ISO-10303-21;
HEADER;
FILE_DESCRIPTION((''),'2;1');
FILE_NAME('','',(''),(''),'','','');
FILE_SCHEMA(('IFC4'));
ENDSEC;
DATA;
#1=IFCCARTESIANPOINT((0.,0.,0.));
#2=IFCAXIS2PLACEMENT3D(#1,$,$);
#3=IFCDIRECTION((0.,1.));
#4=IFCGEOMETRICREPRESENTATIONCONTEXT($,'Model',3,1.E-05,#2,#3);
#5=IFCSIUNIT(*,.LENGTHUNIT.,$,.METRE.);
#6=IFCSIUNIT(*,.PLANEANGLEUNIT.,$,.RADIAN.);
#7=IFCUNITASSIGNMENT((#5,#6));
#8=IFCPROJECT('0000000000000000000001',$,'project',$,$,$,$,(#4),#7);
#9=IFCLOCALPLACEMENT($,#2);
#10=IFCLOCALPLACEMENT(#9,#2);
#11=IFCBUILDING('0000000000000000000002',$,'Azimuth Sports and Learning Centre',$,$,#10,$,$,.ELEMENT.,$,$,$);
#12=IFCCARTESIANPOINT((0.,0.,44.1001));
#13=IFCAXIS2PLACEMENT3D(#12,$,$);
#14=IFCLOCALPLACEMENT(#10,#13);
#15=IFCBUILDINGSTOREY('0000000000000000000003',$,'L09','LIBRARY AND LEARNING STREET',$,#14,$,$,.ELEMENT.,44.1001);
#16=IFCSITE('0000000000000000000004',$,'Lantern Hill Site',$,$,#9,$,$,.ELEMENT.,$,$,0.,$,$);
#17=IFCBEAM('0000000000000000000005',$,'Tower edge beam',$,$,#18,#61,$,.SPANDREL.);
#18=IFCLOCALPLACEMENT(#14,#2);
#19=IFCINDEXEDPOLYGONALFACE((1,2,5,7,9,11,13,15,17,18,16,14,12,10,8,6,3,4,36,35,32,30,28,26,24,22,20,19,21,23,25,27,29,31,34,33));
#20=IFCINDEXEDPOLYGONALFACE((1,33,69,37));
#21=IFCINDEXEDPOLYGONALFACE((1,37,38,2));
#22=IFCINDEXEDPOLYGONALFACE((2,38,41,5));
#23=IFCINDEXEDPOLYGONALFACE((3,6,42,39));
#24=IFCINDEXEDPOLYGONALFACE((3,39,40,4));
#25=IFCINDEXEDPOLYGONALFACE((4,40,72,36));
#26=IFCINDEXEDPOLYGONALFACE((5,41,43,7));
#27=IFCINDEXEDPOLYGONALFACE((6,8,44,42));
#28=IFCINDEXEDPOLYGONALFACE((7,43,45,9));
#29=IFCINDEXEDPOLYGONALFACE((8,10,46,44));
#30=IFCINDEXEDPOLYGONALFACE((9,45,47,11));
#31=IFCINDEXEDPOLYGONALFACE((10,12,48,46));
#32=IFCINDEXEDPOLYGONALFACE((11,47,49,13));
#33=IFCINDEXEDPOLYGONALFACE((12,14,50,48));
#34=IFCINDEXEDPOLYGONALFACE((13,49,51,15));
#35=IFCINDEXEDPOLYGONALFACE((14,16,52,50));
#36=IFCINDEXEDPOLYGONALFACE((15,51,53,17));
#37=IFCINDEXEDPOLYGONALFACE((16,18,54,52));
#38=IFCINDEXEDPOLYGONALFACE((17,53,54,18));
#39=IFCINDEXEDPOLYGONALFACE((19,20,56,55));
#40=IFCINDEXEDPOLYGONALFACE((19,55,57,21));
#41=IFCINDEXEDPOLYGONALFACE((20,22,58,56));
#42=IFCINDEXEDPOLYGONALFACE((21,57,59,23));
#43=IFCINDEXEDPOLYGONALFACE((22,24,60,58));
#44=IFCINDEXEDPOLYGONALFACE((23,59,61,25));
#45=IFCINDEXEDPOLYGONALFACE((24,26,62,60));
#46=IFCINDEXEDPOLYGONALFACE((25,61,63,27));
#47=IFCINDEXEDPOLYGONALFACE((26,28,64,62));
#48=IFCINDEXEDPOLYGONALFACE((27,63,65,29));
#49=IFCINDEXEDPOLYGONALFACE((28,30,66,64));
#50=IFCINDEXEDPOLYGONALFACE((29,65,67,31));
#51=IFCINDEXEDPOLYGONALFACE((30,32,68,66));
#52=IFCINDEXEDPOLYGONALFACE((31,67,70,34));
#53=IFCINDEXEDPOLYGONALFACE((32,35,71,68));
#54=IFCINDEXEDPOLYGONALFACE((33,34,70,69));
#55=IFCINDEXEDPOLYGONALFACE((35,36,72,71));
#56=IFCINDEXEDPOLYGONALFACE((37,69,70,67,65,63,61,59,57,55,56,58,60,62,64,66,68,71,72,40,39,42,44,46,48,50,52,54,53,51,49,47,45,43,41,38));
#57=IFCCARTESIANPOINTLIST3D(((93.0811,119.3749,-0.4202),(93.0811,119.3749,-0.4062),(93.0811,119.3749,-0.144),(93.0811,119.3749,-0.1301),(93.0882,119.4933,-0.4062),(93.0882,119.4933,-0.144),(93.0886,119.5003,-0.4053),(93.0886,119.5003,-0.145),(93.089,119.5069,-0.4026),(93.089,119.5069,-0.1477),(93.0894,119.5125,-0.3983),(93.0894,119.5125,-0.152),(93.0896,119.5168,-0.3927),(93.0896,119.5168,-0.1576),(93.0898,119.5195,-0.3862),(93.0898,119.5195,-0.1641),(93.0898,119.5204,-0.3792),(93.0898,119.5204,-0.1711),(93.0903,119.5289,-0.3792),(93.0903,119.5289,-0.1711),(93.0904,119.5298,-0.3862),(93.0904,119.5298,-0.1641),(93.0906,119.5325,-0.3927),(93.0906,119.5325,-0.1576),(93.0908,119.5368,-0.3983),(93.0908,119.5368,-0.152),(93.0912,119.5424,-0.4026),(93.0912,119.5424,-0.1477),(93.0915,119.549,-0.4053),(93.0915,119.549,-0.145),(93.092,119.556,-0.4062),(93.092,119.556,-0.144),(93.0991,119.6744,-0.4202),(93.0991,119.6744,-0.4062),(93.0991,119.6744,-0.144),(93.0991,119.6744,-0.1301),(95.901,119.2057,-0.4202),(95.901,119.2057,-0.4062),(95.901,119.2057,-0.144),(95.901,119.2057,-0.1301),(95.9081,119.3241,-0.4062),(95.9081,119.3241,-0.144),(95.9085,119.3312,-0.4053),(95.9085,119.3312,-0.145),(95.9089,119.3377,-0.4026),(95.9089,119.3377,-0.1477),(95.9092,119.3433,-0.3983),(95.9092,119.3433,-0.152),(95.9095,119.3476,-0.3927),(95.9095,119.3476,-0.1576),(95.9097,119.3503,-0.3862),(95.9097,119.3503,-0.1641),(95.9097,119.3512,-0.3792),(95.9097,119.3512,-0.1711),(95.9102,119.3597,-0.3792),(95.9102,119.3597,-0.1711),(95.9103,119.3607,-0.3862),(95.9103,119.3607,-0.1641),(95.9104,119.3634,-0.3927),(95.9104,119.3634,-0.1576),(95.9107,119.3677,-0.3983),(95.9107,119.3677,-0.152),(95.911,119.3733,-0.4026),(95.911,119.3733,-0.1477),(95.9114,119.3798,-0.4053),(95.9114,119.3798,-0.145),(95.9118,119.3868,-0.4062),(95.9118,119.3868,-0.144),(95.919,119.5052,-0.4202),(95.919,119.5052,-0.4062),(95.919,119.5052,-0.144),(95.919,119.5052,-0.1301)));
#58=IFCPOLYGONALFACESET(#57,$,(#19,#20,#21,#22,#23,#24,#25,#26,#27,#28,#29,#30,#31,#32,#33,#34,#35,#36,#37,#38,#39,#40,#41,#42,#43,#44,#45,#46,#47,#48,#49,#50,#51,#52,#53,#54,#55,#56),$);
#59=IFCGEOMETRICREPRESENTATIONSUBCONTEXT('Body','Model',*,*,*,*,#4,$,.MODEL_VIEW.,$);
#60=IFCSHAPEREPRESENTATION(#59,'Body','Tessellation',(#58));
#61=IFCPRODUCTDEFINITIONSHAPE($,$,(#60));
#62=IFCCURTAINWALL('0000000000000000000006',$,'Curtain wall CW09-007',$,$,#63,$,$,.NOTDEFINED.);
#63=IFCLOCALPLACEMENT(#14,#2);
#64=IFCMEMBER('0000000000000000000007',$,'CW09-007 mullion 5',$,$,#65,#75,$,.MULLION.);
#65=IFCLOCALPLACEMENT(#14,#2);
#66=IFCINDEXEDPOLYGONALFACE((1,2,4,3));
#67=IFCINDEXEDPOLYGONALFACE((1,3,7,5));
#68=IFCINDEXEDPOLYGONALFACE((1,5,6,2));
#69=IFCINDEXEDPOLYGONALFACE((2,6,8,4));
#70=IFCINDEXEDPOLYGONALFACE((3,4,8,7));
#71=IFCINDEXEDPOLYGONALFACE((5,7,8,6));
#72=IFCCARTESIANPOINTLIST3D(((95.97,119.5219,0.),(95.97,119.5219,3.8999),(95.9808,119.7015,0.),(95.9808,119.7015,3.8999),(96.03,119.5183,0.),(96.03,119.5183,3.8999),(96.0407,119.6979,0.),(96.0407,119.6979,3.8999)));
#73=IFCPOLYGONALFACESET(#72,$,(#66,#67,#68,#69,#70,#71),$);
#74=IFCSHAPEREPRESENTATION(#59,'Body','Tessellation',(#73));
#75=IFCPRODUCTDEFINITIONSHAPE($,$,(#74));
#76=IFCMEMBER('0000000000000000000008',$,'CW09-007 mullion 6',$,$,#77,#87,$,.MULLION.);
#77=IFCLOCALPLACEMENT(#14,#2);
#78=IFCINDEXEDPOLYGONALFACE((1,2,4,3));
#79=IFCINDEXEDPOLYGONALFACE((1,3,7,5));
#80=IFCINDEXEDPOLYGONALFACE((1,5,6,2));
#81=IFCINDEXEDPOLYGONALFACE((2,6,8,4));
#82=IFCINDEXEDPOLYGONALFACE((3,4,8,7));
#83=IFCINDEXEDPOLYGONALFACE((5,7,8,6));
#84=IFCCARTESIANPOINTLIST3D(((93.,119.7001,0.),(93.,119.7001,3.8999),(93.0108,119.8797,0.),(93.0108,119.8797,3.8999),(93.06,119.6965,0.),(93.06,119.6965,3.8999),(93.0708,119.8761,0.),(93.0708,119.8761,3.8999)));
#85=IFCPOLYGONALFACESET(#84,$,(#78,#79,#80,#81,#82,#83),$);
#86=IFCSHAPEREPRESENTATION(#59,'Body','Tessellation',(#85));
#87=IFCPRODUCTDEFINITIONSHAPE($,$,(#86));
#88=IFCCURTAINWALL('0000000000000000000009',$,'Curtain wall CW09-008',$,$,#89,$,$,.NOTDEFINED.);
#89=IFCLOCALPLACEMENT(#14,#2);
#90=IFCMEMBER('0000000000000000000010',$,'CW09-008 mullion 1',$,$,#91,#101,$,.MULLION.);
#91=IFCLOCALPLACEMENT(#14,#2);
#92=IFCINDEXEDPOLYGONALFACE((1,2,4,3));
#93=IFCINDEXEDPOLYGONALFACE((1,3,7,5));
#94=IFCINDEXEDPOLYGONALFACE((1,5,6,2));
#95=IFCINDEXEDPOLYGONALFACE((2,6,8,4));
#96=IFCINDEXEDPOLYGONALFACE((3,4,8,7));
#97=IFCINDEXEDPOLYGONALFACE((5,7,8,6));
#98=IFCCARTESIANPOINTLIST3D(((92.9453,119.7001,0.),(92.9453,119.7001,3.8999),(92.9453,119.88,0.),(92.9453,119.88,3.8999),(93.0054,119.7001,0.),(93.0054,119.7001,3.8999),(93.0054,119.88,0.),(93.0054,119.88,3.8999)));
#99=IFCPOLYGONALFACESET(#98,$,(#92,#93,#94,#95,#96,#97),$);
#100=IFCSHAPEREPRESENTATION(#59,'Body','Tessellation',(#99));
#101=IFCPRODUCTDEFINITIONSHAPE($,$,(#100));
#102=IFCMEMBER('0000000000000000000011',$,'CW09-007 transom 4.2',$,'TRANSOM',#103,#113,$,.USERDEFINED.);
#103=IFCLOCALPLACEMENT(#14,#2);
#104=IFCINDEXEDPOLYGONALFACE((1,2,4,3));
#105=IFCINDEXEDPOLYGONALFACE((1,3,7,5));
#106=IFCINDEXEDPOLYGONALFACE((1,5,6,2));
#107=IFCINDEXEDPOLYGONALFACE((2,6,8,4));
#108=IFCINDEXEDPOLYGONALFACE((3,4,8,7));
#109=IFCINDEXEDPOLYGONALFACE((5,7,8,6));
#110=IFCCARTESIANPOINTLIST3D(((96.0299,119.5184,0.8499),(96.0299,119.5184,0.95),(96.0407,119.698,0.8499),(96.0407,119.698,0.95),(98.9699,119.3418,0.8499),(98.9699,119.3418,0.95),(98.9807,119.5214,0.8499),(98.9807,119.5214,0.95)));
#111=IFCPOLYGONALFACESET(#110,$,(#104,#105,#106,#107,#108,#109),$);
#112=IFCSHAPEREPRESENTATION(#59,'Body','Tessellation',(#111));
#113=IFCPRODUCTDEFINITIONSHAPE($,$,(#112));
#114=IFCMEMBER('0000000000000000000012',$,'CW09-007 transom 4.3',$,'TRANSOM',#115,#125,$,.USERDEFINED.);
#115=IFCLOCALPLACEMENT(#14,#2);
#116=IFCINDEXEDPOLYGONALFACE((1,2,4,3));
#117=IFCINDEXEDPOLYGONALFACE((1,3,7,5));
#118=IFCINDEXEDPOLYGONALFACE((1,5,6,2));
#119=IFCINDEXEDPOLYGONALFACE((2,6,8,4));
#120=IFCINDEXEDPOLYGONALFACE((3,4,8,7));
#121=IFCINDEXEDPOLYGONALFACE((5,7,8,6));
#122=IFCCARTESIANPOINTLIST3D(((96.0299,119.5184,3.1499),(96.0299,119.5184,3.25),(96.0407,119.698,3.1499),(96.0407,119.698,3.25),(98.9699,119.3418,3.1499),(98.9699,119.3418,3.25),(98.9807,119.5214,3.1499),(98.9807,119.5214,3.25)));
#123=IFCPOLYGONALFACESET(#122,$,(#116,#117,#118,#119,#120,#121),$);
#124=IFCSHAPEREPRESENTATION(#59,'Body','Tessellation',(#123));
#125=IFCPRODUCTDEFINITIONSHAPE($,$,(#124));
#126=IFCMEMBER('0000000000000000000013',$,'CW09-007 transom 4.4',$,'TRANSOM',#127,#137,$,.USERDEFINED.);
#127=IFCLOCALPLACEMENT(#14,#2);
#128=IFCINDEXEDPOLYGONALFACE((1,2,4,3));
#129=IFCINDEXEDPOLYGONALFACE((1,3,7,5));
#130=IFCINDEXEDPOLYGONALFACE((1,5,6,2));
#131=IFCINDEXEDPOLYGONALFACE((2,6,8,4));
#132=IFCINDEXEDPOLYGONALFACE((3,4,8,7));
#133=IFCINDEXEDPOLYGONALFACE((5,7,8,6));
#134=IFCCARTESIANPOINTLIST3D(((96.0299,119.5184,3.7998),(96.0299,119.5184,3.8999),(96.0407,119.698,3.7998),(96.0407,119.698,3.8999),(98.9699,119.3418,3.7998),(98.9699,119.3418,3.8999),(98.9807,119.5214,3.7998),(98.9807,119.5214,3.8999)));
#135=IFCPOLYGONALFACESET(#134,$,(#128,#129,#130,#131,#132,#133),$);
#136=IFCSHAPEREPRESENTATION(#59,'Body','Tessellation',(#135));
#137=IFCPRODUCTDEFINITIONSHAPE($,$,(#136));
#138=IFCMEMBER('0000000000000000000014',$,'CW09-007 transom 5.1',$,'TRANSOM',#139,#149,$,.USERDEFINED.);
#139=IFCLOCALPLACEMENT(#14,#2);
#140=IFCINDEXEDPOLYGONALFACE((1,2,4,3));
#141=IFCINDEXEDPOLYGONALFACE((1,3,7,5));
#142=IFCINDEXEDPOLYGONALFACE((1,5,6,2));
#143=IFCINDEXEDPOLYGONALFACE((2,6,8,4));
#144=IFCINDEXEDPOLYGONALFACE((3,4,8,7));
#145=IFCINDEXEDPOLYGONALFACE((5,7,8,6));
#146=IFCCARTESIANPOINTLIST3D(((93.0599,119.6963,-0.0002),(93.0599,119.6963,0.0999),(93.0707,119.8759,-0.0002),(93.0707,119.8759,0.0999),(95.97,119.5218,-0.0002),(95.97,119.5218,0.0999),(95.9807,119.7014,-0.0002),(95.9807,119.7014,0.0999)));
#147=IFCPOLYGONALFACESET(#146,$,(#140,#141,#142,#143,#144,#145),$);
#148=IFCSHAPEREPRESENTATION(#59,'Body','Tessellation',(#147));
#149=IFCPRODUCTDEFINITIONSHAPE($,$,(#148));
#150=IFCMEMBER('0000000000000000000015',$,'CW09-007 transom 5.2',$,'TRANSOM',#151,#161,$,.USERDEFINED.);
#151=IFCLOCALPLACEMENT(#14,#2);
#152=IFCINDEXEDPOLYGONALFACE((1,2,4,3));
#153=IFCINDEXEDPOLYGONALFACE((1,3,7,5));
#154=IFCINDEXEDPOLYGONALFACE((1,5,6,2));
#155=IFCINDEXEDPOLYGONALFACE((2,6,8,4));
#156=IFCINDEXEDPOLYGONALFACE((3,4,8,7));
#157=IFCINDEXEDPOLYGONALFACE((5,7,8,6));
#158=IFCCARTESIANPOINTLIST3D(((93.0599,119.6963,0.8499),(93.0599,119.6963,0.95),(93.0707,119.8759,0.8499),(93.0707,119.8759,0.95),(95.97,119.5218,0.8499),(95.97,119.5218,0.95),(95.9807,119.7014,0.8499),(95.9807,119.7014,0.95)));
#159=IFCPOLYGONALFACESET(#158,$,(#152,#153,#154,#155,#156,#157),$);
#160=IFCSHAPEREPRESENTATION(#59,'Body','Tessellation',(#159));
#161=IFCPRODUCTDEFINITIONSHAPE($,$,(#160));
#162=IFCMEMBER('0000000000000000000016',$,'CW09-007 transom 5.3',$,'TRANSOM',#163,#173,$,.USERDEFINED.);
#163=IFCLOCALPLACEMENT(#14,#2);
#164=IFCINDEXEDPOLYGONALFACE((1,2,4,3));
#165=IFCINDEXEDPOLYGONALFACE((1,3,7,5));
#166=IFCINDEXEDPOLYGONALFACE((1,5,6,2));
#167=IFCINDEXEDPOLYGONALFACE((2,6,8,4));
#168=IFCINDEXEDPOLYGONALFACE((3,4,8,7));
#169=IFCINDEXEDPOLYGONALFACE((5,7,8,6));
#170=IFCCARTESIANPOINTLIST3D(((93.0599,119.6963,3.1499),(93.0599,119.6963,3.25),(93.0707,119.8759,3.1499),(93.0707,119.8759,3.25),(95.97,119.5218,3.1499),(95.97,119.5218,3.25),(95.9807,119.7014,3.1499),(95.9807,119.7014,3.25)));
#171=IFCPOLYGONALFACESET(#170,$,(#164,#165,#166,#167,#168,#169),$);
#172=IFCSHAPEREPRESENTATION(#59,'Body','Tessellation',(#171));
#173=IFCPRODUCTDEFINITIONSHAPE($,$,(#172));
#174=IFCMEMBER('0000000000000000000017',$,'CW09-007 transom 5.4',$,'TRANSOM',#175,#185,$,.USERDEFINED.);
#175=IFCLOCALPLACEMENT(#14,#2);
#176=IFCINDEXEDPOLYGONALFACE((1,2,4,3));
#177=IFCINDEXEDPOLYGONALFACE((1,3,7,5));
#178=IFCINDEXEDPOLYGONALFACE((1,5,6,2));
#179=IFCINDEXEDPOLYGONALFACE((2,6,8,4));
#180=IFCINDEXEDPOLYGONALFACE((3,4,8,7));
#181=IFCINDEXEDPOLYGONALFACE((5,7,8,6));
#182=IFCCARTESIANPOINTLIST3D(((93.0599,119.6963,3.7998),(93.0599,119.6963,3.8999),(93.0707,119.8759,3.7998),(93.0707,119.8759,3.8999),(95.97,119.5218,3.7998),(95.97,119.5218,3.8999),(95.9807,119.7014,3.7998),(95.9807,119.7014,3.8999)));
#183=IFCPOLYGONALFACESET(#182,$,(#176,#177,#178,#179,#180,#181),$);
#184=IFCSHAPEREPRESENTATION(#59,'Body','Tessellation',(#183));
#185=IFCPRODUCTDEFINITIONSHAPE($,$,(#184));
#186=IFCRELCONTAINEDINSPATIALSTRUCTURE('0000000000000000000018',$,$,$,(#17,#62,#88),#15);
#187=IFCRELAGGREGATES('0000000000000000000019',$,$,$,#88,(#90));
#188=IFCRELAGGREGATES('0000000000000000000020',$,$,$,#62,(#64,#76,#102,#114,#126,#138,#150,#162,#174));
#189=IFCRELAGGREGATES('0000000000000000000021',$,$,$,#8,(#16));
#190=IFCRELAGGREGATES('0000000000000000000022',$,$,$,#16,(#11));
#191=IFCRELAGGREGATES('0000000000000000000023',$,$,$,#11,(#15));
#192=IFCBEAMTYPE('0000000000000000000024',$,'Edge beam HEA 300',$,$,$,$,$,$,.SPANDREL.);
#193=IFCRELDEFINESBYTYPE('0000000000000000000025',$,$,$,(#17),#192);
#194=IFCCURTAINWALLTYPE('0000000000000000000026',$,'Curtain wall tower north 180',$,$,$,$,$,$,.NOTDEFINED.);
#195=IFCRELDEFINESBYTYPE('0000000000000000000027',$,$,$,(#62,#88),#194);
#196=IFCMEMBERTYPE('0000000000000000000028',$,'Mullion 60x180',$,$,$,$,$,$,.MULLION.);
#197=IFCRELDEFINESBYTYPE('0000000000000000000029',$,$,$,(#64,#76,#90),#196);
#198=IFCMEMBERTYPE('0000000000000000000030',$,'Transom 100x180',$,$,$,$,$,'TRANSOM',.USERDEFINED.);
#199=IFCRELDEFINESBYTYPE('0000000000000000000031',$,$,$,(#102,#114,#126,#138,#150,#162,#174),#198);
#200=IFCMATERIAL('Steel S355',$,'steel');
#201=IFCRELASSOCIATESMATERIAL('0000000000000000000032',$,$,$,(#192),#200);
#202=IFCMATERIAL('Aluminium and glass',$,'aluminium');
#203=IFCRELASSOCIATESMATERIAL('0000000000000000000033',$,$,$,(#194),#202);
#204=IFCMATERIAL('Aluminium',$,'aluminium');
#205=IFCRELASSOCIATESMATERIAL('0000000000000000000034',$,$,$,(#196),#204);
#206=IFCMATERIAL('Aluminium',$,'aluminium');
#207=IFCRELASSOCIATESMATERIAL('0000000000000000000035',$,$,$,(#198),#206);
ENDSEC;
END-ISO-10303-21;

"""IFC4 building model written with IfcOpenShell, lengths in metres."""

from ifc_helpers import new_model, si_unit, direction, frame, origin, origin_2d, place, context, subcontext, project, spatial, rectangle, i_section, extrude, material, material_profile, profile_set, type_object, element, aggregate, save


model = new_model("IFC4")

# Units and contexts
model_context = context("Model", 3, precision=1e-05, world=origin(), true_north=direction((0.0, 1.0)))
body_context = subcontext(model_context, "Body", "Model", "MODEL_VIEW")
ifc_project = project(units=[si_unit("LENGTHUNIT", "METRE"), si_unit("PLANEANGLEUNIT", "RADIAN")], contexts=[model_context])

# Site, building, storey
site_placement = place(None, origin())
site = spatial("IfcSite", under=ifc_project, at=site_placement, Name="Lantern Hill Site", CompositionType="ELEMENT", RefElevation=0.0)
building_placement = place(site_placement, origin())
building = spatial("IfcBuilding", under=site, at=building_placement, Name="Azimuth Sports and Learning Centre", CompositionType="ELEMENT")
storey_placement = place(building_placement, frame((0.0, 0.0, 44.1001)))
storey = spatial("IfcBuildingStorey", under=building, at=storey_placement, Name="L09", Description="LIBRARY AND LEARNING STREET", CompositionType="ELEMENT", Elevation=44.1001)

# Beam
ifc_material_1 = material(Name="Steel S355", Category="steel")
ifc_material_profile_1 = material_profile(ifc_material_1, i_section(OverallWidth=0.3, OverallDepth=0.29, WebThickness=0.0085, FlangeThickness=0.0139, FilletRadius=0.0271, at=origin_2d()), Name="HEA 300")
ifc_profile_set_1 = profile_set([ifc_material_profile_1], Name="Steel S355")
beam_type = type_object("IfcBeamType", Name="Edge beam HEA 300", PredefinedType="SPANDREL", material=ifc_profile_set_1)
beam_placement = place(storey_placement, frame((93.0901, 119.5247, -0.2751), z_axis=(0.998205, -0.059892, 0.0), x_axis=(0.059892, 0.998205, 0.0)))
element("IfcBeam", 1, at=beam_placement, inside=storey, type_object=beam_type, Name="Tower edge beam", PredefinedType="SPANDREL", context=body_context, shape_type="SweptSolid", body=[
    extrude(i_section(OverallWidth=0.3, OverallDepth=0.29, WebThickness=0.0085, FlangeThickness=0.0139, FilletRadius=0.0271, at=origin_2d()), origin(), (0.0, 0.0, 1.0), 2.825),
])

# Curtain wall, members
ifc_material_2 = material(Name="Aluminium and glass", Category="aluminium")
curtain_wall_type = type_object("IfcCurtainWallType", Name="Curtain wall tower north 180", PredefinedType="NOTDEFINED", material=ifc_material_2)
curtain_wall_1_placement = place(storey_placement, origin())
curtain_wall_1 = element("IfcCurtainWall", 2, at=curtain_wall_1_placement, inside=storey, type_object=curtain_wall_type, Name="Curtain wall CW09-007", PredefinedType="NOTDEFINED")
ifc_material_3 = material(Name="Aluminium", Category="aluminium")
ifc_material_profile_2 = material_profile(ifc_material_3, rectangle(XDim=0.1799, YDim=0.0601, at=origin_2d()), Name="Mullion 60x180")
ifc_profile_set_2 = profile_set([ifc_material_profile_2], Name="Aluminium")
member_type_1 = type_object("IfcMemberType", Name="Mullion 60x180", PredefinedType="MULLION", material=ifc_profile_set_2)
member_1_placement = place(storey_placement, frame((96.0054, 119.6099, 0.0), z_axis=(0.0, 0.0, 1.0), x_axis=(-0.059892, -0.998205, 0.0)))
member_1 = element("IfcMember", 3, at=member_1_placement, type_object=member_type_1, Name="CW09-007 mullion 5", PredefinedType="MULLION", context=body_context, shape_type="SweptSolid", body=[
    extrude(rectangle(XDim=0.1799, YDim=0.0601, at=origin_2d()), origin(), (0.0, 0.0, 1.0), 3.8999),
])
member_2_placement = place(storey_placement, frame((93.0354, 119.7881, 0.0), z_axis=(0.0, 0.0, 1.0), x_axis=(-0.059892, -0.998205, 0.0)))
member_2 = element("IfcMember", 4, at=member_2_placement, type_object=member_type_1, Name="CW09-007 mullion 6", PredefinedType="MULLION", context=body_context, shape_type="SweptSolid", body=[
    extrude(rectangle(XDim=0.1799, YDim=0.0601, at=origin_2d()), origin(), (0.0, 0.0, 1.0), 3.8999),
])

# Curtain wall, member
curtain_wall_2_placement = place(storey_placement, origin())
curtain_wall_2 = element("IfcCurtainWall", 5, at=curtain_wall_2_placement, inside=storey, type_object=curtain_wall_type, Name="Curtain wall CW09-008", PredefinedType="NOTDEFINED")
member_3_placement = place(storey_placement, frame((92.9753, 119.79, 0.0), z_axis=(0.0, 0.0, 1.0), x_axis=(0.0, -1.0, 0.0)))
member_3 = element("IfcMember", 6, at=member_3_placement, type_object=member_type_1, Name="CW09-008 mullion 1", PredefinedType="MULLION", context=body_context, shape_type="SweptSolid", body=[
    extrude(rectangle(XDim=0.1799, YDim=0.0601, at=origin_2d()), origin(), (0.0, 0.0, 1.0), 3.8999),
])

# Members
ifc_material_4 = material(Name="Aluminium", Category="aluminium")
ifc_material_profile_3 = material_profile(ifc_material_4, rectangle(XDim=0.1799, YDim=0.1001, at=origin_2d()), Name="Transom 100x180")
ifc_profile_set_3 = profile_set([ifc_material_profile_3], Name="Aluminium")
member_type_2 = type_object("IfcMemberType", Name="Transom 100x180", ElementType="TRANSOM", PredefinedType="USERDEFINED", material=ifc_profile_set_3)
member_4_placement = place(storey_placement, frame((98.9753, 119.4316, 0.8999), z_axis=(-0.998202, 0.059932, 0.0), x_axis=(-0.059932, -0.998202, 0.0)))
member_4 = element("IfcMember", 7, at=member_4_placement, type_object=member_type_2, Name="CW09-007 transom 4.2", ObjectType="TRANSOM", PredefinedType="USERDEFINED", context=body_context, shape_type="SweptSolid", body=[
    extrude(rectangle(XDim=0.1799, YDim=0.1001, at=origin_2d()), origin(), (0.0, 0.0, 1.0), 2.9453),
])
member_5_placement = place(storey_placement, frame((98.9753, 119.4316, 3.2), z_axis=(-0.998202, 0.059932, 0.0), x_axis=(-0.059932, -0.998202, 0.0)))
member_5 = element("IfcMember", 8, at=member_5_placement, type_object=member_type_2, Name="CW09-007 transom 4.3", ObjectType="TRANSOM", PredefinedType="USERDEFINED", context=body_context, shape_type="SweptSolid", body=[
    extrude(rectangle(XDim=0.1799, YDim=0.1001, at=origin_2d()), origin(), (0.0, 0.0, 1.0), 2.9453),
])
member_6_placement = place(storey_placement, frame((98.9753, 119.4316, 3.8499), z_axis=(-0.998202, 0.059932, 0.0), x_axis=(-0.059932, -0.998202, 0.0)))
member_6 = element("IfcMember", 9, at=member_6_placement, type_object=member_type_2, Name="CW09-007 transom 4.4", ObjectType="TRANSOM", PredefinedType="USERDEFINED", context=body_context, shape_type="SweptSolid", body=[
    extrude(rectangle(XDim=0.1799, YDim=0.1001, at=origin_2d()), origin(), (0.0, 0.0, 1.0), 2.9453),
])
member_7_placement = place(storey_placement, frame((95.9753, 119.6116, 0.0498), z_axis=(-0.998206, 0.059876, 0.0), x_axis=(-0.059876, -0.998206, 0.0)))
member_7 = element("IfcMember", 10, at=member_7_placement, type_object=member_type_2, Name="CW09-007 transom 5.1", ObjectType="TRANSOM", PredefinedType="USERDEFINED", context=body_context, shape_type="SweptSolid", body=[
    extrude(rectangle(XDim=0.1799, YDim=0.1001, at=origin_2d()), origin(), (0.0, 0.0, 1.0), 2.9153),
])
member_8_placement = place(storey_placement, frame((95.9753, 119.6116, 0.8999), z_axis=(-0.998206, 0.059876, 0.0), x_axis=(-0.059876, -0.998206, 0.0)))
member_8 = element("IfcMember", 11, at=member_8_placement, type_object=member_type_2, Name="CW09-007 transom 5.2", ObjectType="TRANSOM", PredefinedType="USERDEFINED", context=body_context, shape_type="SweptSolid", body=[
    extrude(rectangle(XDim=0.1799, YDim=0.1001, at=origin_2d()), origin(), (0.0, 0.0, 1.0), 2.9153),
])
member_9_placement = place(storey_placement, frame((95.9753, 119.6116, 3.2), z_axis=(-0.998206, 0.059876, 0.0), x_axis=(-0.059876, -0.998206, 0.0)))
member_9 = element("IfcMember", 12, at=member_9_placement, type_object=member_type_2, Name="CW09-007 transom 5.3", ObjectType="TRANSOM", PredefinedType="USERDEFINED", context=body_context, shape_type="SweptSolid", body=[
    extrude(rectangle(XDim=0.1799, YDim=0.1001, at=origin_2d()), origin(), (0.0, 0.0, 1.0), 2.9153),
])
member_10_placement = place(storey_placement, frame((95.9753, 119.6116, 3.8499), z_axis=(-0.998206, 0.059876, 0.0), x_axis=(-0.059876, -0.998206, 0.0)))
member_10 = element("IfcMember", 13, at=member_10_placement, type_object=member_type_2, Name="CW09-007 transom 5.4", ObjectType="TRANSOM", PredefinedType="USERDEFINED", context=body_context, shape_type="SweptSolid", body=[
    extrude(rectangle(XDim=0.1799, YDim=0.1001, at=origin_2d()), origin(), (0.0, 0.0, 1.0), 2.9153),
])
aggregate(curtain_wall_2, [member_3])

aggregate(curtain_wall_1, [member_1, member_2, member_4, member_5, member_6, member_7, member_8, member_9, member_10])

save(model, "model.ifc")
